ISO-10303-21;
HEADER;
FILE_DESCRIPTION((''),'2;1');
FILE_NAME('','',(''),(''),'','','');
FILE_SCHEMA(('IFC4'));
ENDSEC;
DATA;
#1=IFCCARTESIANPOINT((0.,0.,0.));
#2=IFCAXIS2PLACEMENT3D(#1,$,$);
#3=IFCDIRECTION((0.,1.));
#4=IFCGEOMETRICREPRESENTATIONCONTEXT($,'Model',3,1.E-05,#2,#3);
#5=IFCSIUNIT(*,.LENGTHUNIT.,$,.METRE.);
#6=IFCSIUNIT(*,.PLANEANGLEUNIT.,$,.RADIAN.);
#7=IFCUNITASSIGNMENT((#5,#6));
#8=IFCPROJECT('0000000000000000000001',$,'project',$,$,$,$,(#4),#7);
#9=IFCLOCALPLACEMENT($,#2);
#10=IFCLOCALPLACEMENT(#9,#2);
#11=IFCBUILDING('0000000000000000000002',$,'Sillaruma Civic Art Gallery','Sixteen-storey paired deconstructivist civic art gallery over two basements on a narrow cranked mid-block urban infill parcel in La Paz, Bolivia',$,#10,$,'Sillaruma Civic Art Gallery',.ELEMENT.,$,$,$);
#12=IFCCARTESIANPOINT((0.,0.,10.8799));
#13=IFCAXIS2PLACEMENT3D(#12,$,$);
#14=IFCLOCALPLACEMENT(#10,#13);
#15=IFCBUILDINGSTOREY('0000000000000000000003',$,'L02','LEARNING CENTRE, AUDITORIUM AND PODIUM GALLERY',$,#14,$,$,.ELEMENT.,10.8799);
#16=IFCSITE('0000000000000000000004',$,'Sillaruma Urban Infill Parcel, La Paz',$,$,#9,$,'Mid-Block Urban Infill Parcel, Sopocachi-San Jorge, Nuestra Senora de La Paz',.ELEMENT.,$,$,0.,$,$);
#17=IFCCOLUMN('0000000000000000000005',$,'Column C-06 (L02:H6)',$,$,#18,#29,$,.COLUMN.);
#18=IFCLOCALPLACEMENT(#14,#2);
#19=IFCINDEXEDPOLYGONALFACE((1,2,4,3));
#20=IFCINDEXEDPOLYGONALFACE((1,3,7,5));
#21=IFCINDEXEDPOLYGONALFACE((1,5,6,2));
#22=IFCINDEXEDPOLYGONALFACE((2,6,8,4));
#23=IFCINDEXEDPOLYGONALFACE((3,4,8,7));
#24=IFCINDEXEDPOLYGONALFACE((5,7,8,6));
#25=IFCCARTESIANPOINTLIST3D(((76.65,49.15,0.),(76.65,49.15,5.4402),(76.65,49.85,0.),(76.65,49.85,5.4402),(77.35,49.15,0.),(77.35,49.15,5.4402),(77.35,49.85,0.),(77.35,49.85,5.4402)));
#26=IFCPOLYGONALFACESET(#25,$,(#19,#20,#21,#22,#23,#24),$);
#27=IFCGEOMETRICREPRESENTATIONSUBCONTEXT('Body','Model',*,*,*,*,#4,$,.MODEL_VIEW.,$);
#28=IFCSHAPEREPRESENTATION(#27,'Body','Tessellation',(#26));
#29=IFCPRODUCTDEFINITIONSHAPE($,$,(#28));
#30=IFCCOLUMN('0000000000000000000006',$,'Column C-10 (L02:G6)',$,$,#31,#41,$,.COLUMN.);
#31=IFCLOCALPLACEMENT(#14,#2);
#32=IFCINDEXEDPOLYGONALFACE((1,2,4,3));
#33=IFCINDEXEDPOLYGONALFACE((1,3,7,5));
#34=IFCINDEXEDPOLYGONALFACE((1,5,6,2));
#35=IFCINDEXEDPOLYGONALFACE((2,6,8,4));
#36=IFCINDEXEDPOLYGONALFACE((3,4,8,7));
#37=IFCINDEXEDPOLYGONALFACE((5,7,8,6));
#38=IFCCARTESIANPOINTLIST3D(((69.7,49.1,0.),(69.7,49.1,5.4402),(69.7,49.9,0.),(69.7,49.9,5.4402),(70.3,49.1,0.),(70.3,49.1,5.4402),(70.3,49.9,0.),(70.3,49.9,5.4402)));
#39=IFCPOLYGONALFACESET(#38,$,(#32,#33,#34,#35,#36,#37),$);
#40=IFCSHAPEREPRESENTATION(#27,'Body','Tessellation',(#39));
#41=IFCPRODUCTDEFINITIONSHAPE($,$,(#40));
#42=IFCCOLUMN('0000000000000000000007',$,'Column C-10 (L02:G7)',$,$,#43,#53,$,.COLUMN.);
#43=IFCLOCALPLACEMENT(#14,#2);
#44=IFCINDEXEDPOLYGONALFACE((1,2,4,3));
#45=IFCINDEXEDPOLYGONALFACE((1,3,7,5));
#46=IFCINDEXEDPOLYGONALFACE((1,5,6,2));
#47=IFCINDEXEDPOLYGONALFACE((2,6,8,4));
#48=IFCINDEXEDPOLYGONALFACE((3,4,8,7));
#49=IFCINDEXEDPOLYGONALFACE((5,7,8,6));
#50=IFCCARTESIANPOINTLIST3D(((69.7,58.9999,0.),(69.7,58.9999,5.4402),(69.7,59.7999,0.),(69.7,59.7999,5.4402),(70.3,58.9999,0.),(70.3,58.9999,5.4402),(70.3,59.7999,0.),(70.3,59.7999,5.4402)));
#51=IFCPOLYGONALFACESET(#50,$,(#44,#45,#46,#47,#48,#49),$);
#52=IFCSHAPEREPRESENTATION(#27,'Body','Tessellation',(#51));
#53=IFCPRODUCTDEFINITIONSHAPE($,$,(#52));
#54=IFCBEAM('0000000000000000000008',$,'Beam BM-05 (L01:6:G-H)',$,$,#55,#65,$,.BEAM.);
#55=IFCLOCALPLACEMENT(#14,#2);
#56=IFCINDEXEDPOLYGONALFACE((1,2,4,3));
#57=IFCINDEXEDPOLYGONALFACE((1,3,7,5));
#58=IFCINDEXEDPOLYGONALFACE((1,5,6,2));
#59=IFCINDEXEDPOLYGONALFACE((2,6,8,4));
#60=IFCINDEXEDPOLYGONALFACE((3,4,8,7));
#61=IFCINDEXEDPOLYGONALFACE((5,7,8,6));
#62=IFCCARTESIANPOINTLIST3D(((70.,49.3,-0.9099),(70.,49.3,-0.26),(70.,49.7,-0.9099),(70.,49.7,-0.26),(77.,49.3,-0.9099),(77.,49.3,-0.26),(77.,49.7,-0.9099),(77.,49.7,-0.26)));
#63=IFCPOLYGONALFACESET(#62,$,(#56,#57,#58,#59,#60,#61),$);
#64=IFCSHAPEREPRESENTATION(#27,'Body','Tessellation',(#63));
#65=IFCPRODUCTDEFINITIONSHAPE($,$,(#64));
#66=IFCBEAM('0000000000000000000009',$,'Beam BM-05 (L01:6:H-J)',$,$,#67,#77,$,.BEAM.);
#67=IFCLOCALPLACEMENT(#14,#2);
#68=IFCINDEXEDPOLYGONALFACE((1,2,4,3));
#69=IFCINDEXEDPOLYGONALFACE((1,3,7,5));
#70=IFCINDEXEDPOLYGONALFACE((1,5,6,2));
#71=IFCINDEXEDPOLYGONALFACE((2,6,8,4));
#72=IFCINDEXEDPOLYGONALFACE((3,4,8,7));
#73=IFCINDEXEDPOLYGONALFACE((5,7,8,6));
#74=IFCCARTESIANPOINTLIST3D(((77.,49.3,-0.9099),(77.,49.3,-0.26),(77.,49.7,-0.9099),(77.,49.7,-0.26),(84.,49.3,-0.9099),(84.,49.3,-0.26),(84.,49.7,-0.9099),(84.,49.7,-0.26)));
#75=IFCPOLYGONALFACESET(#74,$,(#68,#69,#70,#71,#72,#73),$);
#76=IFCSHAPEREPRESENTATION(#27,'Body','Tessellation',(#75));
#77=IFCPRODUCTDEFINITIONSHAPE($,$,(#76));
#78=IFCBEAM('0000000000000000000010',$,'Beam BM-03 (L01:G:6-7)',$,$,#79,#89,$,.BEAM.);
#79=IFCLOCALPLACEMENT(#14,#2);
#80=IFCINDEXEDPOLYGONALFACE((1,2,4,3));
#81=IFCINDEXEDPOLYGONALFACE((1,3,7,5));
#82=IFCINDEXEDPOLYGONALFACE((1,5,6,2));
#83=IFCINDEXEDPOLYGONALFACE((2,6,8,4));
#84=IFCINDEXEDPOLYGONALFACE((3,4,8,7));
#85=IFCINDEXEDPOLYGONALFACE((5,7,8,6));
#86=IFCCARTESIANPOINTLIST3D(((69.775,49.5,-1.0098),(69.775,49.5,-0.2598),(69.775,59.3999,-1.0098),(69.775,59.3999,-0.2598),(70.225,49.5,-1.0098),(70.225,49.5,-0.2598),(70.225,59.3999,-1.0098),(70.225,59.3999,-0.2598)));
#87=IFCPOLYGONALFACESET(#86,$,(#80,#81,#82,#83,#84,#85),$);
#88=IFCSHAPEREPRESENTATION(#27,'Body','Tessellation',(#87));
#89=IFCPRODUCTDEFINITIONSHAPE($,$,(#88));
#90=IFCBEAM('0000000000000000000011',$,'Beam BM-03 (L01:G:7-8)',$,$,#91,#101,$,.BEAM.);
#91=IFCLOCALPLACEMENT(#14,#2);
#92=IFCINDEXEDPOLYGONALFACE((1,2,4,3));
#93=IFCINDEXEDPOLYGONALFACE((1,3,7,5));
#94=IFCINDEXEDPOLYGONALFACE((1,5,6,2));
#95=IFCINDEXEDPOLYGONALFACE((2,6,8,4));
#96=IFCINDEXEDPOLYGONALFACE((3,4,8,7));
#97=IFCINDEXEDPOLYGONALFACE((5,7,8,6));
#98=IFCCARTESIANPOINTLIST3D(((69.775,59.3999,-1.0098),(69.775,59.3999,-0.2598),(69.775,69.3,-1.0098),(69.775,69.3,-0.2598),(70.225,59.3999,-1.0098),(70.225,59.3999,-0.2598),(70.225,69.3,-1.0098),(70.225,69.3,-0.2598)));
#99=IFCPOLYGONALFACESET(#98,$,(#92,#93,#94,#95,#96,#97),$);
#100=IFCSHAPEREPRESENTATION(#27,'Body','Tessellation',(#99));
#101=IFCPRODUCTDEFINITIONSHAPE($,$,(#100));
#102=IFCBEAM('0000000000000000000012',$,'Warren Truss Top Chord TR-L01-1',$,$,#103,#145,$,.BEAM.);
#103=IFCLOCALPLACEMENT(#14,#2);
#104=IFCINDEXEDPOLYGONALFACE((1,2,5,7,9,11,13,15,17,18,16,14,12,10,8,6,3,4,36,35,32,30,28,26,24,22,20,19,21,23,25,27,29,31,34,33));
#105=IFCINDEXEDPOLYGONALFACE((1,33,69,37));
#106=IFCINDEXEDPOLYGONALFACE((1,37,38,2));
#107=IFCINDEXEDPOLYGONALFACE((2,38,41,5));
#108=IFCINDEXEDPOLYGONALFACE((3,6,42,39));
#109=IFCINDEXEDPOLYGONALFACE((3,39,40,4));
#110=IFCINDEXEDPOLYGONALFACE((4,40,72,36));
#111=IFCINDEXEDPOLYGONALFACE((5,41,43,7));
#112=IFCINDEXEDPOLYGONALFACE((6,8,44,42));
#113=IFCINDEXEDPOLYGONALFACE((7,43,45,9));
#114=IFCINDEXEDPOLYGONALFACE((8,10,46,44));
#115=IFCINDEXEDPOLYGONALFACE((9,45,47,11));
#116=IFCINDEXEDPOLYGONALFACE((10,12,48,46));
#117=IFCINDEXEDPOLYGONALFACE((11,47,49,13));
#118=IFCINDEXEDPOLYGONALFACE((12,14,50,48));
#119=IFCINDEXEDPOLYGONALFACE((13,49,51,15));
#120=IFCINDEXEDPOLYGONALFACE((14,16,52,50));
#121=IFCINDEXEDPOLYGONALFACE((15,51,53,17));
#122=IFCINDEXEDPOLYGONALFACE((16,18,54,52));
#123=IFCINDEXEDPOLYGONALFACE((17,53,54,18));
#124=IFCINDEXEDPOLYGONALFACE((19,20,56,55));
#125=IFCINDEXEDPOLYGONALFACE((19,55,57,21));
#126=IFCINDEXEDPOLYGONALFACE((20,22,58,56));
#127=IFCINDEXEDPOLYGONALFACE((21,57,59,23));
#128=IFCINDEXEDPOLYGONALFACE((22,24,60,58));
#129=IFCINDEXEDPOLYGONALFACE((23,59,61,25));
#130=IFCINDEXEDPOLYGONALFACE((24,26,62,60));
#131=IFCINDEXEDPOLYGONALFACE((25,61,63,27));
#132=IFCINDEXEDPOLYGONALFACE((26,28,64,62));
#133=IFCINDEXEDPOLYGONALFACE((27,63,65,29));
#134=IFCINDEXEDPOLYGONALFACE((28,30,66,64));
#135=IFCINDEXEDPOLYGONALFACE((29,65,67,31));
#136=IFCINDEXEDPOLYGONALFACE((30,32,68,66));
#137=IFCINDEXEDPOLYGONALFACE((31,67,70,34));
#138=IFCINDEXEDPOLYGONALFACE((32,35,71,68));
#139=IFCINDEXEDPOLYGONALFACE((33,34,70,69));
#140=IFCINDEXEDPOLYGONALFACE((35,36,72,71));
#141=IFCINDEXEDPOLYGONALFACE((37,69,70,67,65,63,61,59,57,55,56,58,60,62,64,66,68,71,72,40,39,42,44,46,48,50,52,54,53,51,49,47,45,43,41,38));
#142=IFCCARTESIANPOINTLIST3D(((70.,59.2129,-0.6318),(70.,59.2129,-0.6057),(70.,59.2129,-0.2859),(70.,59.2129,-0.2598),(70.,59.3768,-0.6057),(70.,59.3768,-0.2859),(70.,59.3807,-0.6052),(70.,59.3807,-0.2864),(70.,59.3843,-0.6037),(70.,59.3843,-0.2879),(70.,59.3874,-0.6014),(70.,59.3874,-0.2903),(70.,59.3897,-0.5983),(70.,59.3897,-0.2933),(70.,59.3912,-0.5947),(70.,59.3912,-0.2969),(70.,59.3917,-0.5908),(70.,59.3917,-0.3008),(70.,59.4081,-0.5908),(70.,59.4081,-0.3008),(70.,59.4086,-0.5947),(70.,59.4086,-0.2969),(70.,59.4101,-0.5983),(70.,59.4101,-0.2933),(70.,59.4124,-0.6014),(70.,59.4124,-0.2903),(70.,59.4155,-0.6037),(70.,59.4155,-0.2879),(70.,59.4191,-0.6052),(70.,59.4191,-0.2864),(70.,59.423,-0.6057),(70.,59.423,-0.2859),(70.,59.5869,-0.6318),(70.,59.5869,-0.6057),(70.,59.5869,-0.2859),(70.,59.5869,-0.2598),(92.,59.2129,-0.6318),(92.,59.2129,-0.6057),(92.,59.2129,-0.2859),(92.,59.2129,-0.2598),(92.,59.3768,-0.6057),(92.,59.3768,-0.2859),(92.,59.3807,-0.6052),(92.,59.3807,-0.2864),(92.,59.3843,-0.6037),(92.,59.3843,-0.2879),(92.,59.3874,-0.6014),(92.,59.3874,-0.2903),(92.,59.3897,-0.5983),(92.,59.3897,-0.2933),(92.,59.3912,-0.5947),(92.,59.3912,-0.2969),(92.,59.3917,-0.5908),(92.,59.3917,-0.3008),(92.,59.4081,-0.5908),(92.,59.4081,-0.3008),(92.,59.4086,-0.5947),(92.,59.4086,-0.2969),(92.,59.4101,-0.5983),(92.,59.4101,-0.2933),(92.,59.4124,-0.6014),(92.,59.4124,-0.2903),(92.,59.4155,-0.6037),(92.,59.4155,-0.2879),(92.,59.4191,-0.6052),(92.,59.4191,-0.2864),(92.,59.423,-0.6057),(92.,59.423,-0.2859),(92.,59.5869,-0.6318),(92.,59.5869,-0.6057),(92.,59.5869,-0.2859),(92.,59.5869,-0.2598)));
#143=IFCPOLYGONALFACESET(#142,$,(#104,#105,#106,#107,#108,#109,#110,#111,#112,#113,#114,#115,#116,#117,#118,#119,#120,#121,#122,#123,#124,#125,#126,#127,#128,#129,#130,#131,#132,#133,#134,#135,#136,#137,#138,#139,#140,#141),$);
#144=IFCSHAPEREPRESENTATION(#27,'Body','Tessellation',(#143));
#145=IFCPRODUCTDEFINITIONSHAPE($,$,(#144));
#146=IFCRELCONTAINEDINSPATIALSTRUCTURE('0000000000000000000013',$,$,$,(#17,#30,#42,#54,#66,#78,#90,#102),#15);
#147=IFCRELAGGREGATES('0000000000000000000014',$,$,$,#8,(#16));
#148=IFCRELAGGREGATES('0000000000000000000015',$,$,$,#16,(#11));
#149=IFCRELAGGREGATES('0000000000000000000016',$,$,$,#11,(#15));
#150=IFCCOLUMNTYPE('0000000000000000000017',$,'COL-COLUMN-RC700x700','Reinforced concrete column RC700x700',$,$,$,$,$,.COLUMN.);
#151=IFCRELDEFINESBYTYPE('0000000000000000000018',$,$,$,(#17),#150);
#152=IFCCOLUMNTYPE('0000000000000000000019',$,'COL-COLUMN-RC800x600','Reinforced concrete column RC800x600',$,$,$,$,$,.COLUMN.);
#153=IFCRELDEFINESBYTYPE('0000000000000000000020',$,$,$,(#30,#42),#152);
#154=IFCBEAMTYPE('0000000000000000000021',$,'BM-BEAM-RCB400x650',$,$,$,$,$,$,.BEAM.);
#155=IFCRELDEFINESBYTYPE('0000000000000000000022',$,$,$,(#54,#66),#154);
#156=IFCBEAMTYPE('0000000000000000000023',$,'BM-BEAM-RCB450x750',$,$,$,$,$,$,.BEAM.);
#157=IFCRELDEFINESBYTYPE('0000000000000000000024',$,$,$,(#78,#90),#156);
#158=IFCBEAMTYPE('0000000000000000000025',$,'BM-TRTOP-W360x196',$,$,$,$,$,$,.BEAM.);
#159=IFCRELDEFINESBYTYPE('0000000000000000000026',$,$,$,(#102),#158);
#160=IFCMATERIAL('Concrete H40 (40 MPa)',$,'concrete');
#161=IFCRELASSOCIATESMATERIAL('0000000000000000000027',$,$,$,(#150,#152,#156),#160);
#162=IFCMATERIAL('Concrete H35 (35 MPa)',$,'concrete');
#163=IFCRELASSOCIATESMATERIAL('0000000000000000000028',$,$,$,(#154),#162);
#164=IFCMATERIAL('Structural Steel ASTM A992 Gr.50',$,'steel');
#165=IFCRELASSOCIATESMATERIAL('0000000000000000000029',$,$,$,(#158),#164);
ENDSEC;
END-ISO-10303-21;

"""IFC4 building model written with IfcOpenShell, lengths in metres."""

from ifc_helpers import new_model, si_unit, direction, frame, origin, origin_2d, place, context, subcontext, project, spatial, rectangle, i_section, extrude, material, material_profile, profile_set, type_object, element, save


model = new_model("IFC4")

# Units and contexts
model_context = context("Model", 3, precision=1e-05, world=origin(), true_north=direction((0.0, 1.0)))
body_context = subcontext(model_context, "Body", "Model", "MODEL_VIEW")
ifc_project = project(units=[si_unit("LENGTHUNIT", "METRE"), si_unit("PLANEANGLEUNIT", "RADIAN")], contexts=[model_context])

# Site, building, storey
site_placement = place(None, origin())
site = spatial("IfcSite", under=ifc_project, at=site_placement, Name="Sillaruma Urban Infill Parcel, La Paz", LongName="Mid-Block Urban Infill Parcel, Sopocachi-San Jorge, Nuestra Senora de La Paz", CompositionType="ELEMENT", RefElevation=0.0)
building_placement = place(site_placement, origin())
building = spatial("IfcBuilding", under=site, at=building_placement, Name="Sillaruma Civic Art Gallery", Description="Sixteen-storey paired deconstructivist civic art gallery over two basements on a narrow cranked mid-block urban infill parcel in La Paz, Bolivia", LongName="Sillaruma Civic Art Gallery", CompositionType="ELEMENT")
storey_placement = place(building_placement, frame((0.0, 0.0, 10.8799)))
storey = spatial("IfcBuildingStorey", under=building, at=storey_placement, Name="L02", Description="LEARNING CENTRE, AUDITORIUM AND PODIUM GALLERY", CompositionType="ELEMENT", Elevation=10.8799)

# Columns
ifc_material_1 = material(Name="Concrete H40 (40 MPa)", Category="concrete")
ifc_material_profile_1 = material_profile(ifc_material_1, rectangle(XDim=0.7, YDim=0.7, at=origin_2d()), Name="RC700x700")
ifc_profile_set_1 = profile_set([ifc_material_profile_1], Name="Concrete H40 (40 MPa)")
column_type_1 = type_object("IfcColumnType", Name="COL-COLUMN-RC700x700", Description="Reinforced concrete column RC700x700", PredefinedType="COLUMN", material=ifc_profile_set_1)
column_placement = place(storey_placement, frame((77.0, 49.5, 0.0), z_axis=(0.0, 0.0, 1.0), x_axis=(1.0, 0.0, 0.0)))
element("IfcColumn", 1, at=column_placement, inside=storey, type_object=column_type_1, Name="Column C-06 (L02:H6)", PredefinedType="COLUMN", context=body_context, shape_type="SweptSolid", body=[
    extrude(rectangle(XDim=0.7, YDim=0.7, at=origin_2d()), origin(), (0.0, 0.0, 1.0), 5.4402),
])
ifc_material_profile_2 = material_profile(ifc_material_1, rectangle(XDim=0.6001, YDim=0.8, at=origin_2d()), Name="RC800x600")
ifc_profile_set_2 = profile_set([ifc_material_profile_2], Name="Concrete H40 (40 MPa)")
column_type_2 = type_object("IfcColumnType", Name="COL-COLUMN-RC800x600", Description="Reinforced concrete column RC800x600", PredefinedType="COLUMN", material=ifc_profile_set_2)
for number, where, z_axis, x_axis, name in (
    (2, (70.0, 49.5, 0.0), (0.0, 0.0, 1.0), (1.0, 0.0, 0.0), "Column C-10 (L02:G6)"),
    (3, (70.0, 59.3999, 0.0), (0.0, 0.0, 1.0), (1.0, 0.0, 0.0), "Column C-10 (L02:G7)"),
):
    element("IfcColumn", number, at=place(storey_placement, frame(where, z_axis=z_axis, x_axis=x_axis)), inside=storey, type_object=column_type_2, Name=name, PredefinedType="COLUMN", context=body_context, shape_type="SweptSolid", body=[
        extrude(rectangle(XDim=0.6001, YDim=0.8, at=origin_2d()), origin(), (0.0, 0.0, 1.0), 5.4402),
    ])

# Beams
ifc_material_2 = material(Name="Concrete H35 (35 MPa)", Category="concrete")
ifc_material_profile_3 = material_profile(ifc_material_2, rectangle(XDim=0.3999, YDim=0.6499, at=origin_2d()), Name="RCB400x650")
ifc_profile_set_3 = profile_set([ifc_material_profile_3], Name="Concrete H35 (35 MPa)")
beam_type_1 = type_object("IfcBeamType", Name="BM-BEAM-RCB400x650", PredefinedType="BEAM", material=ifc_profile_set_3)
for number, where, z_axis, x_axis, name in (
    (4, (70.0, 49.5, -0.585), (1.0, 0.0, 0.0), (0.0, 1.0, 0.0), "Beam BM-05 (L01:6:G-H)"),
    (5, (77.0, 49.5, -0.585), (1.0, 0.0, 0.0), (0.0, 1.0, 0.0), "Beam BM-05 (L01:6:H-J)"),
):
    element("IfcBeam", number, at=place(storey_placement, frame(where, z_axis=z_axis, x_axis=x_axis)), inside=storey, type_object=beam_type_1, Name=name, PredefinedType="BEAM", context=body_context, shape_type="SweptSolid", body=[
        extrude(rectangle(XDim=0.3999, YDim=0.6499, at=origin_2d()), origin(), (0.0, 0.0, 1.0), 7.0),
    ])
ifc_material_profile_4 = material_profile(ifc_material_1, rectangle(XDim=0.45, YDim=0.75, at=origin_2d()), Name="RCB450x750")
ifc_profile_set_4 = profile_set([ifc_material_profile_4], Name="Concrete H40 (40 MPa)")
beam_type_2 = type_object("IfcBeamType", Name="BM-BEAM-RCB450x750", PredefinedType="BEAM", material=ifc_profile_set_4)
beam_1_placement = place(storey_placement, frame((70.0, 49.5, -0.6348), z_axis=(0.0, 1.0, 0.0), x_axis=(-1.0, 0.0, 0.0)))
element("IfcBeam", 6, at=beam_1_placement, inside=storey, type_object=beam_type_2, Name="Beam BM-03 (L01:G:6-7)", PredefinedType="BEAM", context=body_context, shape_type="SweptSolid", body=[
    extrude(rectangle(XDim=0.45, YDim=0.75, at=origin_2d()), origin(), (0.0, 0.0, 1.0), 9.8999),
])
beam_2_placement = place(storey_placement, frame((70.0, 59.3999, -0.6348), z_axis=(0.0, 1.0, 0.0), x_axis=(-1.0, 0.0, 0.0)))
element("IfcBeam", 7, at=beam_2_placement, inside=storey, type_object=beam_type_2, Name="Beam BM-03 (L01:G:7-8)", PredefinedType="BEAM", context=body_context, shape_type="SweptSolid", body=[
    extrude(rectangle(XDim=0.45, YDim=0.75, at=origin_2d()), origin(), (0.0, 0.0, 1.0), 9.9001),
])
ifc_material_3 = material(Name="Structural Steel ASTM A992 Gr.50", Category="steel")
ifc_material_profile_5 = material_profile(ifc_material_3, i_section(OverallWidth=0.374, OverallDepth=0.3721, WebThickness=0.0164, FlangeThickness=0.0261, FilletRadius=0.0149, at=origin_2d()), Name="W360x196")
ifc_profile_set_5 = profile_set([ifc_material_profile_5], Name="Structural Steel ASTM A992 Gr.50")
beam_type_3 = type_object("IfcBeamType", Name="BM-TRTOP-W360x196", PredefinedType="BEAM", material=ifc_profile_set_5)
beam_3_placement = place(storey_placement, frame((70.0, 59.3999, -0.4458), z_axis=(1.0, 0.0, 0.0), x_axis=(0.0, 1.0, 0.0)))
element("IfcBeam", 8, at=beam_3_placement, inside=storey, type_object=beam_type_3, Name="Warren Truss Top Chord TR-L01-1", PredefinedType="BEAM", context=body_context, shape_type="SweptSolid", body=[
    extrude(i_section(OverallWidth=0.374, OverallDepth=0.3721, WebThickness=0.0164, FlangeThickness=0.0261, FilletRadius=0.0149, at=origin_2d()), origin(), (0.0, 0.0, 1.0), 22.0),
])

save(model, "model.ifc")
